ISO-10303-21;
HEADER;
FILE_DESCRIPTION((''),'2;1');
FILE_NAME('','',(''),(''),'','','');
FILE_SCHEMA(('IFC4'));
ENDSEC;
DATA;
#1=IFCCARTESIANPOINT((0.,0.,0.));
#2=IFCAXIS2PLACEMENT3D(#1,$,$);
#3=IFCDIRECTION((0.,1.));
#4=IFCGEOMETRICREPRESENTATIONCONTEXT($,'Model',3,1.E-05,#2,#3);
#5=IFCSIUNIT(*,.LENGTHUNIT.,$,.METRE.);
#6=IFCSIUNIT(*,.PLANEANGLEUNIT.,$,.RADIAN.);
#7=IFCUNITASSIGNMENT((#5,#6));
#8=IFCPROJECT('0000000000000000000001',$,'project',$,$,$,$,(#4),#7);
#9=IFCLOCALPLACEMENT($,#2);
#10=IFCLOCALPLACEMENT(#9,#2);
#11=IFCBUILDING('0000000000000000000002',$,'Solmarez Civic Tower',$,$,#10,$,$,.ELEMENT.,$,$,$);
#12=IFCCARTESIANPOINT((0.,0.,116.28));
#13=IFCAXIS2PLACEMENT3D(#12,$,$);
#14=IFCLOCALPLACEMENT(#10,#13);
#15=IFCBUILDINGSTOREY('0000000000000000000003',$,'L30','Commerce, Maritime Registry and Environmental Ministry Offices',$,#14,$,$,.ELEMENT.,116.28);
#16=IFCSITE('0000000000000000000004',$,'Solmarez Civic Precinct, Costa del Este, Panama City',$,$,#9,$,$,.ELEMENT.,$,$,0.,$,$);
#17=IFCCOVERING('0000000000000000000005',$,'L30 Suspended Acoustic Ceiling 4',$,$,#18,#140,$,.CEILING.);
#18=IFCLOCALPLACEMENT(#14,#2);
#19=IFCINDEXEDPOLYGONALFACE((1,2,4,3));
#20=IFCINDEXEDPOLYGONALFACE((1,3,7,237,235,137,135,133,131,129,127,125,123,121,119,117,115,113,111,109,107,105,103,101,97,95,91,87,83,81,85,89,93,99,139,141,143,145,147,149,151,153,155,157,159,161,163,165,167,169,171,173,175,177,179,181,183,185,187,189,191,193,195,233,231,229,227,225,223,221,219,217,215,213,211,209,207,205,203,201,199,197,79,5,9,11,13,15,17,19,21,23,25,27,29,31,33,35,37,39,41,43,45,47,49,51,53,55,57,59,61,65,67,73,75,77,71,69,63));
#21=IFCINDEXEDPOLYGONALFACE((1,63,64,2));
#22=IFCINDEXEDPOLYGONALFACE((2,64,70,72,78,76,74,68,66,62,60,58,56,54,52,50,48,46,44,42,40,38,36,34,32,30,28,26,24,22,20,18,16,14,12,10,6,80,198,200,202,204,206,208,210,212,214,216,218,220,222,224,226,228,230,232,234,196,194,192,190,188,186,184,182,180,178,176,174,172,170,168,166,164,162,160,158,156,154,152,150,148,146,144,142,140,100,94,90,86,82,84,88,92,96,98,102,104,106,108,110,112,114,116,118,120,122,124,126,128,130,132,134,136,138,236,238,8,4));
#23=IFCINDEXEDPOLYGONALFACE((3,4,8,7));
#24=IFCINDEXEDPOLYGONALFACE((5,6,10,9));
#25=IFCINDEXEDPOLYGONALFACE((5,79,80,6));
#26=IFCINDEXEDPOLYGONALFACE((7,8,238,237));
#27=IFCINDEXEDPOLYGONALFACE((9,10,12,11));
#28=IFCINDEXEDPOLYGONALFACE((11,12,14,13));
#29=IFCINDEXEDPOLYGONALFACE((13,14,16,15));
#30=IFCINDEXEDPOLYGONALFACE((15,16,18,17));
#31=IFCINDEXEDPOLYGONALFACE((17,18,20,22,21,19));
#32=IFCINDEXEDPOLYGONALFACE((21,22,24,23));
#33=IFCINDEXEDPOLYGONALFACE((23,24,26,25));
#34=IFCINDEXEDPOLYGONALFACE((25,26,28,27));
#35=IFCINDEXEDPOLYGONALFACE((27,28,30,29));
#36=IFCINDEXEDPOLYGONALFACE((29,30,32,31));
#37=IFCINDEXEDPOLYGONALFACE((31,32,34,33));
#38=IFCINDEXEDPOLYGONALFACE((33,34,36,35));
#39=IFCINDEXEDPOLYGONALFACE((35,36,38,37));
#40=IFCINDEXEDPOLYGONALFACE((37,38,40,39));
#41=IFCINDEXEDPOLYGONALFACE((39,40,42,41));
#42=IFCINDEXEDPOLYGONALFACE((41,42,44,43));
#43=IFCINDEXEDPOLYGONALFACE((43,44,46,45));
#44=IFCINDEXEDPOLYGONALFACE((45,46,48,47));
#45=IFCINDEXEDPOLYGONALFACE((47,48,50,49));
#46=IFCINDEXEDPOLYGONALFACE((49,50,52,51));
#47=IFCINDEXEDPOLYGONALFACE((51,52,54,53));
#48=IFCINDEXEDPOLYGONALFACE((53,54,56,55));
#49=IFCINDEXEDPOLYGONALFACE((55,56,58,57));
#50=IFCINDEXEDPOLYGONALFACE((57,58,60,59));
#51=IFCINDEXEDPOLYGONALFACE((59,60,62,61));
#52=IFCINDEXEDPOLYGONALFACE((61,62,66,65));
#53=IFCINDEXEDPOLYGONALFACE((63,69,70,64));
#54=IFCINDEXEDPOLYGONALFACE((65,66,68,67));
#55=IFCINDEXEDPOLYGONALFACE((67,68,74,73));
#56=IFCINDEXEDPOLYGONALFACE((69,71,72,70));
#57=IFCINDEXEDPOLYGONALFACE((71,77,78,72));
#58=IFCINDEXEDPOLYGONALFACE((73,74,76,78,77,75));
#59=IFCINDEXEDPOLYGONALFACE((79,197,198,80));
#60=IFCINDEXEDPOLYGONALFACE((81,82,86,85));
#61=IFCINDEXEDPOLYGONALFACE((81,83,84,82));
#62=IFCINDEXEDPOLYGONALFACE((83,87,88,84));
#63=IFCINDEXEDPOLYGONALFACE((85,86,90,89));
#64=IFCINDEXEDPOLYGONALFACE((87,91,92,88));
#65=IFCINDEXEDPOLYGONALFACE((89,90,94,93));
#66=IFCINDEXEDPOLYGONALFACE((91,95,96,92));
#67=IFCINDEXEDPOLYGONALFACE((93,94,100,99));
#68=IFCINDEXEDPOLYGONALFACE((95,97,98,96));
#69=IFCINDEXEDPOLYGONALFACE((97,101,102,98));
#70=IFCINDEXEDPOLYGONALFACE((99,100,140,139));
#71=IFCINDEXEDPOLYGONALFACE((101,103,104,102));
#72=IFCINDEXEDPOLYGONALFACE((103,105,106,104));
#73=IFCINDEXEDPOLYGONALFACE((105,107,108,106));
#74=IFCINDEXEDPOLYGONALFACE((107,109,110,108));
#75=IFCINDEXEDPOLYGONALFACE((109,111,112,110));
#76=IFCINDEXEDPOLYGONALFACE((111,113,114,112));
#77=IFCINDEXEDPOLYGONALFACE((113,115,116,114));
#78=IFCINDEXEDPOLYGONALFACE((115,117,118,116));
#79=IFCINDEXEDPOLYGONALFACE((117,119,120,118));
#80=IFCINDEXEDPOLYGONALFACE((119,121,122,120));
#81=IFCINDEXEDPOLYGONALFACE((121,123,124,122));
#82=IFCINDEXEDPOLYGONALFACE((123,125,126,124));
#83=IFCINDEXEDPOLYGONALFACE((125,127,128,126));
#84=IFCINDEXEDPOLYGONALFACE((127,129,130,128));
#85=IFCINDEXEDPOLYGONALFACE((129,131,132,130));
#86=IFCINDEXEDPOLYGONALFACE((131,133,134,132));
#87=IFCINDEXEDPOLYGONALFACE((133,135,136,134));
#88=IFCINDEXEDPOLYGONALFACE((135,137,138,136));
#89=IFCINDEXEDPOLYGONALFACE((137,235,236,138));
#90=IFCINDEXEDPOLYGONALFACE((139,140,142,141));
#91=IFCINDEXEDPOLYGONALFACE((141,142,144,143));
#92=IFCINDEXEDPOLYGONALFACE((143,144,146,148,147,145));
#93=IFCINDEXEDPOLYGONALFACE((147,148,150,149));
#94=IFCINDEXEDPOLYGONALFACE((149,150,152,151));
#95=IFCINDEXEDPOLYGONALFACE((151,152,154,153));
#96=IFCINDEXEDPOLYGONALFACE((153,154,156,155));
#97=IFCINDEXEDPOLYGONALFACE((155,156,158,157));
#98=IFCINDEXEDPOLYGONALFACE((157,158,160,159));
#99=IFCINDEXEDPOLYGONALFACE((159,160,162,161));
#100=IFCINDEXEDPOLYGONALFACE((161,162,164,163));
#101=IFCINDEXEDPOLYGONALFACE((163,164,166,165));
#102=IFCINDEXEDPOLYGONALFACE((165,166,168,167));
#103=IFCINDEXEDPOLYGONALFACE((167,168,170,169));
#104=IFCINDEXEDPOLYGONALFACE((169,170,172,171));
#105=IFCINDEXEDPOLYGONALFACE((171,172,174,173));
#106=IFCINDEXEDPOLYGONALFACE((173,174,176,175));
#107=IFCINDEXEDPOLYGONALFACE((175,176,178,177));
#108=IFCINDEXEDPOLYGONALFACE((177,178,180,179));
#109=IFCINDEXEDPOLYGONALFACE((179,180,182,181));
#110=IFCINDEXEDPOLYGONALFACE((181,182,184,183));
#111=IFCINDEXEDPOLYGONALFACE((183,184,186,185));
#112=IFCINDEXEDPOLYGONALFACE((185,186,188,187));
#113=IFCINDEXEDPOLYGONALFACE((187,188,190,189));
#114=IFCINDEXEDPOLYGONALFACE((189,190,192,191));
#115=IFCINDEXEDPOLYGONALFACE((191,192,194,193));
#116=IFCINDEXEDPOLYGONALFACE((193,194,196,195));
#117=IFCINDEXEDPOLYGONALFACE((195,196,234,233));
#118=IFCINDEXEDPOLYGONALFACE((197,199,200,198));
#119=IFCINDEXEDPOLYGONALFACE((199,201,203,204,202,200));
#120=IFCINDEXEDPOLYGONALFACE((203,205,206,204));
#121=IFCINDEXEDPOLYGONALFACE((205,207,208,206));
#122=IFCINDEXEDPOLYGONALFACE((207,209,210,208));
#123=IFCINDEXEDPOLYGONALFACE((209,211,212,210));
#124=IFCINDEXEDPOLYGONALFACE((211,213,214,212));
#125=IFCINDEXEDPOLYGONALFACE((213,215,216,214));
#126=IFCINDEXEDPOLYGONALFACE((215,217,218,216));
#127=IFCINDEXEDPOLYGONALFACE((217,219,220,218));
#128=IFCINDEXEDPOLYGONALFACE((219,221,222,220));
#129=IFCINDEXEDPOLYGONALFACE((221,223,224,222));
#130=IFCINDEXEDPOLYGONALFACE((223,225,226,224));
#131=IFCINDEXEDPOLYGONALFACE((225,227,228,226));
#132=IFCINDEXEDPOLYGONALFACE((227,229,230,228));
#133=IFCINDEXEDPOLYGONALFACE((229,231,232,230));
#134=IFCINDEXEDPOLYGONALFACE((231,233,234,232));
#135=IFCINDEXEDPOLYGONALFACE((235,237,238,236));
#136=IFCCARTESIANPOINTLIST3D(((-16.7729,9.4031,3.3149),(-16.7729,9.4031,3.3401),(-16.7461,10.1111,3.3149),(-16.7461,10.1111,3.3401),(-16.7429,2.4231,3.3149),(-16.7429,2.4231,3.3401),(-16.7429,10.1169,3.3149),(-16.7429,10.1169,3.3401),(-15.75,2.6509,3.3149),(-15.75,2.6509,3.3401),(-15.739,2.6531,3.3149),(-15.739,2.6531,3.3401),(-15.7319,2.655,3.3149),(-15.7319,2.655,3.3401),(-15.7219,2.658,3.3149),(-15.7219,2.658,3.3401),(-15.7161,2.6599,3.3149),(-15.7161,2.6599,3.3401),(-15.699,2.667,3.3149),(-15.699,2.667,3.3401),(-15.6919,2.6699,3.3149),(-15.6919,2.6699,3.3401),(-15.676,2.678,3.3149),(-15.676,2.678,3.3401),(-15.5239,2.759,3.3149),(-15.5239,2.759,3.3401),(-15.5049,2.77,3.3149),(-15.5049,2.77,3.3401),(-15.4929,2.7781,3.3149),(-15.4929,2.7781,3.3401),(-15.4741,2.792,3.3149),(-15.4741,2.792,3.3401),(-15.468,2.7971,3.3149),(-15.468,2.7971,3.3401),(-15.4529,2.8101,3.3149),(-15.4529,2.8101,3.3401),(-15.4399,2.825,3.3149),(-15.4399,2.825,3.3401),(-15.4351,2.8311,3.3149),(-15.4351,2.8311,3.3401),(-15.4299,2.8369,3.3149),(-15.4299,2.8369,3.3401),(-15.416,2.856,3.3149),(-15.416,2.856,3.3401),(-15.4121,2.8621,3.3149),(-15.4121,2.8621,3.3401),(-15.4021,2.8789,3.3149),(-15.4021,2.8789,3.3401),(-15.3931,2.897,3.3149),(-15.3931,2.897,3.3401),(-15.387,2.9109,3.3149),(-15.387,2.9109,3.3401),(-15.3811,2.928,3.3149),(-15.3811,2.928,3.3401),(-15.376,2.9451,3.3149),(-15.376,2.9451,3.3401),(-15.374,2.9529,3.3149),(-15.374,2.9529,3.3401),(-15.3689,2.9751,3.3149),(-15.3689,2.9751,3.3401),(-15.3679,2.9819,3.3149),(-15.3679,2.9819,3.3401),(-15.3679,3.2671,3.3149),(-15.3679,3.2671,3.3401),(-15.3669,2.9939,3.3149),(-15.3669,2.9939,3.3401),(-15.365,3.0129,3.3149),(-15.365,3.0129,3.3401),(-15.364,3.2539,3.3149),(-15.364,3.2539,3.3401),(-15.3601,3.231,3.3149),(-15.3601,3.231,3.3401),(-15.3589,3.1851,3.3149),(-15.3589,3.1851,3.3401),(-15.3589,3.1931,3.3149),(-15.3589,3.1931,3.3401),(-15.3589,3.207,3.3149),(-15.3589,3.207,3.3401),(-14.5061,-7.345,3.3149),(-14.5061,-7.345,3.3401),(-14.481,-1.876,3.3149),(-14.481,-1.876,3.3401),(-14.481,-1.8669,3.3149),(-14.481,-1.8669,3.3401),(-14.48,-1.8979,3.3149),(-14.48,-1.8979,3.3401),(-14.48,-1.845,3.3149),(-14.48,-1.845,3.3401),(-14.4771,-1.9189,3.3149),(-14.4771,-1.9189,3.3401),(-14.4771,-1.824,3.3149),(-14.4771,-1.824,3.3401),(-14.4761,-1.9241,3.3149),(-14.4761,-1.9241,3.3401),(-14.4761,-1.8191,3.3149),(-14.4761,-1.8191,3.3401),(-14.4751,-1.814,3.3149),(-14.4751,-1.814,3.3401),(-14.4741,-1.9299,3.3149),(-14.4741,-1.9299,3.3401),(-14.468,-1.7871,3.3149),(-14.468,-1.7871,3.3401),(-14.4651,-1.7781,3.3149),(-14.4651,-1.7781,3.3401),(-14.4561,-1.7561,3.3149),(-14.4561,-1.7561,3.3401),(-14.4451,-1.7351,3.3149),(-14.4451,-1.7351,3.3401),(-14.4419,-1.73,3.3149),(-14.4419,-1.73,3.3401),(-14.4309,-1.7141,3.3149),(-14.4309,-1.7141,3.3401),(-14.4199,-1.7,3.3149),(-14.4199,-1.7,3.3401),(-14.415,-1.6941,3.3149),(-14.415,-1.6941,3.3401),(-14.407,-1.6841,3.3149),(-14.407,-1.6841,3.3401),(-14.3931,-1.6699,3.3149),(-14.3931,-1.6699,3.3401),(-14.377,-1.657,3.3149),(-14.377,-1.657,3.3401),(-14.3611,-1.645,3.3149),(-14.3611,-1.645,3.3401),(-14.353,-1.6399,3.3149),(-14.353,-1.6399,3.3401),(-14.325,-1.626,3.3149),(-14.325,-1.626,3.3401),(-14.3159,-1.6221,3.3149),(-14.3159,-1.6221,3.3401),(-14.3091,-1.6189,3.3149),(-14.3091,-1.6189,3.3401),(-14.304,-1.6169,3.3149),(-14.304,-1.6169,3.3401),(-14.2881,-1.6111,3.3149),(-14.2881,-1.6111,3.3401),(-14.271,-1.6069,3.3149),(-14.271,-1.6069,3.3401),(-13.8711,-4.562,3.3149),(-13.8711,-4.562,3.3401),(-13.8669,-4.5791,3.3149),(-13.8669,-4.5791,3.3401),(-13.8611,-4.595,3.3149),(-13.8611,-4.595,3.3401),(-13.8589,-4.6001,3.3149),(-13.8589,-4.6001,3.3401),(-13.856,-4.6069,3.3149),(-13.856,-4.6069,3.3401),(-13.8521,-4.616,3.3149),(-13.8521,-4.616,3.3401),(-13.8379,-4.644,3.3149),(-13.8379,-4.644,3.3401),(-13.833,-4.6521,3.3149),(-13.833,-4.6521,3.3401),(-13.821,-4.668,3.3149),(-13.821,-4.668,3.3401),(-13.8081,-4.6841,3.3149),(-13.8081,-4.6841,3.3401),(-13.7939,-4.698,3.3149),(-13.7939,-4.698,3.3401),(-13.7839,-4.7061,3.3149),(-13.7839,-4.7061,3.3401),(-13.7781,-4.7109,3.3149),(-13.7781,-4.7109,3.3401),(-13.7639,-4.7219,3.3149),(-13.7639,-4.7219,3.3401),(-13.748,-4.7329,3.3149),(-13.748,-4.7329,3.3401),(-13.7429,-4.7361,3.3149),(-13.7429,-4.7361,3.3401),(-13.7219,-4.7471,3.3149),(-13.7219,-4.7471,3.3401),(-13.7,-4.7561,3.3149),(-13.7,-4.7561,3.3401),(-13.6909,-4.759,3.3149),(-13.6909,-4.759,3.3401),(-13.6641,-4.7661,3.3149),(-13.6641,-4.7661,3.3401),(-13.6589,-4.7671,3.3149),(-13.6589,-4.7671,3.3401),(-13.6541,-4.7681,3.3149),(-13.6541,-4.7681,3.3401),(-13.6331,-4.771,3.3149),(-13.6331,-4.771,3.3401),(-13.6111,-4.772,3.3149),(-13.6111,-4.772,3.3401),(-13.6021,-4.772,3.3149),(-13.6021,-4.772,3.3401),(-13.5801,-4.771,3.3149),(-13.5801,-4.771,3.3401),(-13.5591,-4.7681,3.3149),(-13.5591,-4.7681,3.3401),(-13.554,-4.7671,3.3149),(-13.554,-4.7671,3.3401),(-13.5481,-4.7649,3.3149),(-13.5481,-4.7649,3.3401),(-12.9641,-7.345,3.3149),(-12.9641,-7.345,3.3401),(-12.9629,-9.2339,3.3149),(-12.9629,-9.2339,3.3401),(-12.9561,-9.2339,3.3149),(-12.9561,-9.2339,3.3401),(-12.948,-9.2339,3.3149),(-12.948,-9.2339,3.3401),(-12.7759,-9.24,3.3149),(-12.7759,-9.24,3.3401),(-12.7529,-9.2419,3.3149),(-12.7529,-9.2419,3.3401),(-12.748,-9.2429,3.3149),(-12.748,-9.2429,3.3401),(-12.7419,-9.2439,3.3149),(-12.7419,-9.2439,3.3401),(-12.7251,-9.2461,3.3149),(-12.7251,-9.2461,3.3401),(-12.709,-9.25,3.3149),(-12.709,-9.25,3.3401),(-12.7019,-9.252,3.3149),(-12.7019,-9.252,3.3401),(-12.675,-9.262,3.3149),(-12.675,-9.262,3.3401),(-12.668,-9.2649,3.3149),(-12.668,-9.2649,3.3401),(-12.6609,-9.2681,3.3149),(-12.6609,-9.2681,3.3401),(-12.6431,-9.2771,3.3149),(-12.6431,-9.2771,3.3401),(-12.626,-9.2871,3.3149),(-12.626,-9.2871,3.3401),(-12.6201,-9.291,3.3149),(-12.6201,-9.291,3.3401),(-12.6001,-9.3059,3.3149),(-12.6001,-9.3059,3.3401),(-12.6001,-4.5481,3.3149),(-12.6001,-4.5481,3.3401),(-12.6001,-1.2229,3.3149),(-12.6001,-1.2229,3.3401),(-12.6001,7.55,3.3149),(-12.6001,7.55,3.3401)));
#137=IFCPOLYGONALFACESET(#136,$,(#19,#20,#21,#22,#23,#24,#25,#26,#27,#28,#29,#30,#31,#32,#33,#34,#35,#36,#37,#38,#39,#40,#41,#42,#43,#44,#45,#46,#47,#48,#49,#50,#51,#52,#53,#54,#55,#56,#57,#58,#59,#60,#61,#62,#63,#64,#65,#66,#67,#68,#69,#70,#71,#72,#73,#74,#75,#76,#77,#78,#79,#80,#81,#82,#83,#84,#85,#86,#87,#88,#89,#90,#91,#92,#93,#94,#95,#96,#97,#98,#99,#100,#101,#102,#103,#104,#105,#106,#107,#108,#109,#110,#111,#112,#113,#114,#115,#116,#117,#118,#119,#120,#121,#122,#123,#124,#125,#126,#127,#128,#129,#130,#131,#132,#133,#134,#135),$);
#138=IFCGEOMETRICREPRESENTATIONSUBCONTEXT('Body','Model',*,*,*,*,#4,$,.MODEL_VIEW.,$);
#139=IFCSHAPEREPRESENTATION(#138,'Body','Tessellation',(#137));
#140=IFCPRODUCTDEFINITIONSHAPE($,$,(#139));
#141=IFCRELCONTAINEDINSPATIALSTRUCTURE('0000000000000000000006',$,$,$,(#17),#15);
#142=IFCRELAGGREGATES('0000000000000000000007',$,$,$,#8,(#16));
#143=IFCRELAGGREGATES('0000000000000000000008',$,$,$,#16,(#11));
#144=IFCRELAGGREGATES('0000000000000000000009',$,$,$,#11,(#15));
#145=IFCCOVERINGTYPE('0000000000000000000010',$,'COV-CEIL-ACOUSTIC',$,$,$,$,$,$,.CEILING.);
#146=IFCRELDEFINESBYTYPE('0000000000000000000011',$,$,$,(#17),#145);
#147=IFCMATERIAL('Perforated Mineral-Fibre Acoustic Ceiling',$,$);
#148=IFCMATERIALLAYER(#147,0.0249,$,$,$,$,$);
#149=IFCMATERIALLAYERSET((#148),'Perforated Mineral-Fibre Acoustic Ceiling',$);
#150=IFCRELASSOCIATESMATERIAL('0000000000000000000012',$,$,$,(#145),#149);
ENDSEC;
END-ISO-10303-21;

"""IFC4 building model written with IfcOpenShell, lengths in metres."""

from ifc_helpers import new_model, si_unit, direction, frame, origin, place, context, subcontext, project, spatial, polyline, outline, extrude, material, layer, layer_set, type_object, element, save


model = new_model("IFC4")

# Units and contexts
model_context = context("Model", 3, precision=1e-05, world=origin(), true_north=direction((0.0, 1.0)))
body_context = subcontext(model_context, "Body", "Model", "MODEL_VIEW")
ifc_project = project(units=[si_unit("LENGTHUNIT", "METRE"), si_unit("PLANEANGLEUNIT", "RADIAN")], contexts=[model_context])

# Site, building, storey
site_placement = place(None, origin())
site = spatial("IfcSite", under=ifc_project, at=site_placement, Name="Solmarez Civic Precinct, Costa del Este, Panama City", CompositionType="ELEMENT", RefElevation=0.0)
building_placement = place(site_placement, origin())
building = spatial("IfcBuilding", under=site, at=building_placement, Name="Solmarez Civic Tower", CompositionType="ELEMENT")
storey_placement = place(building_placement, frame((0.0, 0.0, 116.28)))
storey = spatial("IfcBuildingStorey", under=building, at=storey_placement, Name="L30", Description="Commerce, Maritime Registry and Environmental Ministry Offices", CompositionType="ELEMENT", Elevation=116.28)

# Covering
ifc_material_1 = material(Name="Perforated Mineral-Fibre Acoustic Ceiling")
ifc_layer_1 = layer(ifc_material_1, 0.0249)
ifc_layer_set_1 = layer_set([ifc_layer_1], Name="Perforated Mineral-Fibre Acoustic Ceiling")
covering_type_1 = type_object("IfcCoveringType", Name="COV-CEIL-ACOUSTIC", PredefinedType="CEILING", material=ifc_layer_set_1)
covering_1_placement = place(storey_placement, frame((0.0, 0.0, 3.3149)))
element("IfcCovering", 1, at=covering_1_placement, inside=storey, type_object=covering_type_1, Name="L30 Suspended Acoustic Ceiling 4", PredefinedType="CEILING", context=body_context, shape_type="SweptSolid", body=[
    extrude(outline(polyline([(-15.3679, 3.2671), (-15.364, 3.2539), (-15.3601, 3.231), (-15.3589, 3.207), (-15.3589, 3.1931), (-15.3589, 3.1851), (-15.365, 3.0129), (-15.3669, 2.9939), (-15.3679, 2.9819), (-15.3689, 2.9751), (-15.374, 2.9529), (-15.376, 2.9451), (-15.3811, 2.928), (-15.387, 2.9109), (-15.3931, 2.897), (-15.4021, 2.8789), (-15.4121, 2.8621), (-15.416, 2.856), (-15.4299, 2.8369), (-15.4351, 2.8311), (-15.4399, 2.825), (-15.4529, 2.8101), (-15.468, 2.7971), (-15.4741, 2.792), (-15.4929, 2.7781), (-15.5049, 2.77), (-15.5239, 2.759), (-15.676, 2.678), (-15.6919, 2.6699), (-15.699, 2.667), (-15.7161, 2.6599), (-15.7219, 2.658), (-15.7319, 2.655), (-15.739, 2.6531), (-15.75, 2.6509), (-16.7429, 2.4231), (-14.5061, -7.345), (-12.9641, -7.345), (-12.9629, -9.2339), (-12.9561, -9.2339), (-12.948, -9.2339), (-12.7759, -9.24), (-12.7529, -9.2419), (-12.748, -9.2429), (-12.7419, -9.2439), (-12.7251, -9.2461), (-12.709, -9.25), (-12.7019, -9.252), (-12.675, -9.262), (-12.668, -9.2649), (-12.6609, -9.2681), (-12.6431, -9.2771), (-12.626, -9.2871), (-12.6201, -9.291), (-12.6001, -9.3059), (-12.6001, -4.5481), (-13.5481, -4.7649), (-13.554, -4.7671), (-13.5591, -4.7681), (-13.5801, -4.771), (-13.6021, -4.772), (-13.6111, -4.772), (-13.6331, -4.771), (-13.6541, -4.7681), (-13.6589, -4.7671), (-13.6641, -4.7661), (-13.6909, -4.759), (-13.7, -4.7561), (-13.7219, -4.7471), (-13.7429, -4.7361), (-13.748, -4.7329), (-13.7639, -4.7219), (-13.7781, -4.7109), (-13.7839, -4.7061), (-13.7939, -4.698), (-13.8081, -4.6841), (-13.821, -4.668), (-13.833, -4.6521), (-13.8379, -4.644), (-13.8521, -4.616), (-13.856, -4.6069), (-13.8589, -4.6001), (-13.8611, -4.595), (-13.8669, -4.5791), (-13.8711, -4.562), (-14.4741, -1.9299), (-14.4761, -1.9241), (-14.4771, -1.9189), (-14.48, -1.8979), (-14.481, -1.876), (-14.481, -1.8669), (-14.48, -1.845), (-14.4771, -1.824), (-14.4761, -1.8191), (-14.4751, -1.814), (-14.468, -1.7871), (-14.4651, -1.7781), (-14.4561, -1.7561), (-14.4451, -1.7351), (-14.4419, -1.73), (-14.4309, -1.7141), (-14.4199, -1.7), (-14.415, -1.6941), (-14.407, -1.6841), (-14.3931, -1.6699), (-14.377, -1.657), (-14.3611, -1.645), (-14.353, -1.6399), (-14.325, -1.626), (-14.3159, -1.6221), (-14.3091, -1.6189), (-14.304, -1.6169), (-14.2881, -1.6111), (-14.271, -1.6069), (-12.6001, -1.2229), (-12.6001, 7.55), (-16.7429, 10.1169), (-16.7461, 10.1111), (-16.7729, 9.4031), (-15.3679, 3.2671)])), origin(), (0.0, 0.0, 1.0), 0.0251),
])

save(model, "model.ifc")
